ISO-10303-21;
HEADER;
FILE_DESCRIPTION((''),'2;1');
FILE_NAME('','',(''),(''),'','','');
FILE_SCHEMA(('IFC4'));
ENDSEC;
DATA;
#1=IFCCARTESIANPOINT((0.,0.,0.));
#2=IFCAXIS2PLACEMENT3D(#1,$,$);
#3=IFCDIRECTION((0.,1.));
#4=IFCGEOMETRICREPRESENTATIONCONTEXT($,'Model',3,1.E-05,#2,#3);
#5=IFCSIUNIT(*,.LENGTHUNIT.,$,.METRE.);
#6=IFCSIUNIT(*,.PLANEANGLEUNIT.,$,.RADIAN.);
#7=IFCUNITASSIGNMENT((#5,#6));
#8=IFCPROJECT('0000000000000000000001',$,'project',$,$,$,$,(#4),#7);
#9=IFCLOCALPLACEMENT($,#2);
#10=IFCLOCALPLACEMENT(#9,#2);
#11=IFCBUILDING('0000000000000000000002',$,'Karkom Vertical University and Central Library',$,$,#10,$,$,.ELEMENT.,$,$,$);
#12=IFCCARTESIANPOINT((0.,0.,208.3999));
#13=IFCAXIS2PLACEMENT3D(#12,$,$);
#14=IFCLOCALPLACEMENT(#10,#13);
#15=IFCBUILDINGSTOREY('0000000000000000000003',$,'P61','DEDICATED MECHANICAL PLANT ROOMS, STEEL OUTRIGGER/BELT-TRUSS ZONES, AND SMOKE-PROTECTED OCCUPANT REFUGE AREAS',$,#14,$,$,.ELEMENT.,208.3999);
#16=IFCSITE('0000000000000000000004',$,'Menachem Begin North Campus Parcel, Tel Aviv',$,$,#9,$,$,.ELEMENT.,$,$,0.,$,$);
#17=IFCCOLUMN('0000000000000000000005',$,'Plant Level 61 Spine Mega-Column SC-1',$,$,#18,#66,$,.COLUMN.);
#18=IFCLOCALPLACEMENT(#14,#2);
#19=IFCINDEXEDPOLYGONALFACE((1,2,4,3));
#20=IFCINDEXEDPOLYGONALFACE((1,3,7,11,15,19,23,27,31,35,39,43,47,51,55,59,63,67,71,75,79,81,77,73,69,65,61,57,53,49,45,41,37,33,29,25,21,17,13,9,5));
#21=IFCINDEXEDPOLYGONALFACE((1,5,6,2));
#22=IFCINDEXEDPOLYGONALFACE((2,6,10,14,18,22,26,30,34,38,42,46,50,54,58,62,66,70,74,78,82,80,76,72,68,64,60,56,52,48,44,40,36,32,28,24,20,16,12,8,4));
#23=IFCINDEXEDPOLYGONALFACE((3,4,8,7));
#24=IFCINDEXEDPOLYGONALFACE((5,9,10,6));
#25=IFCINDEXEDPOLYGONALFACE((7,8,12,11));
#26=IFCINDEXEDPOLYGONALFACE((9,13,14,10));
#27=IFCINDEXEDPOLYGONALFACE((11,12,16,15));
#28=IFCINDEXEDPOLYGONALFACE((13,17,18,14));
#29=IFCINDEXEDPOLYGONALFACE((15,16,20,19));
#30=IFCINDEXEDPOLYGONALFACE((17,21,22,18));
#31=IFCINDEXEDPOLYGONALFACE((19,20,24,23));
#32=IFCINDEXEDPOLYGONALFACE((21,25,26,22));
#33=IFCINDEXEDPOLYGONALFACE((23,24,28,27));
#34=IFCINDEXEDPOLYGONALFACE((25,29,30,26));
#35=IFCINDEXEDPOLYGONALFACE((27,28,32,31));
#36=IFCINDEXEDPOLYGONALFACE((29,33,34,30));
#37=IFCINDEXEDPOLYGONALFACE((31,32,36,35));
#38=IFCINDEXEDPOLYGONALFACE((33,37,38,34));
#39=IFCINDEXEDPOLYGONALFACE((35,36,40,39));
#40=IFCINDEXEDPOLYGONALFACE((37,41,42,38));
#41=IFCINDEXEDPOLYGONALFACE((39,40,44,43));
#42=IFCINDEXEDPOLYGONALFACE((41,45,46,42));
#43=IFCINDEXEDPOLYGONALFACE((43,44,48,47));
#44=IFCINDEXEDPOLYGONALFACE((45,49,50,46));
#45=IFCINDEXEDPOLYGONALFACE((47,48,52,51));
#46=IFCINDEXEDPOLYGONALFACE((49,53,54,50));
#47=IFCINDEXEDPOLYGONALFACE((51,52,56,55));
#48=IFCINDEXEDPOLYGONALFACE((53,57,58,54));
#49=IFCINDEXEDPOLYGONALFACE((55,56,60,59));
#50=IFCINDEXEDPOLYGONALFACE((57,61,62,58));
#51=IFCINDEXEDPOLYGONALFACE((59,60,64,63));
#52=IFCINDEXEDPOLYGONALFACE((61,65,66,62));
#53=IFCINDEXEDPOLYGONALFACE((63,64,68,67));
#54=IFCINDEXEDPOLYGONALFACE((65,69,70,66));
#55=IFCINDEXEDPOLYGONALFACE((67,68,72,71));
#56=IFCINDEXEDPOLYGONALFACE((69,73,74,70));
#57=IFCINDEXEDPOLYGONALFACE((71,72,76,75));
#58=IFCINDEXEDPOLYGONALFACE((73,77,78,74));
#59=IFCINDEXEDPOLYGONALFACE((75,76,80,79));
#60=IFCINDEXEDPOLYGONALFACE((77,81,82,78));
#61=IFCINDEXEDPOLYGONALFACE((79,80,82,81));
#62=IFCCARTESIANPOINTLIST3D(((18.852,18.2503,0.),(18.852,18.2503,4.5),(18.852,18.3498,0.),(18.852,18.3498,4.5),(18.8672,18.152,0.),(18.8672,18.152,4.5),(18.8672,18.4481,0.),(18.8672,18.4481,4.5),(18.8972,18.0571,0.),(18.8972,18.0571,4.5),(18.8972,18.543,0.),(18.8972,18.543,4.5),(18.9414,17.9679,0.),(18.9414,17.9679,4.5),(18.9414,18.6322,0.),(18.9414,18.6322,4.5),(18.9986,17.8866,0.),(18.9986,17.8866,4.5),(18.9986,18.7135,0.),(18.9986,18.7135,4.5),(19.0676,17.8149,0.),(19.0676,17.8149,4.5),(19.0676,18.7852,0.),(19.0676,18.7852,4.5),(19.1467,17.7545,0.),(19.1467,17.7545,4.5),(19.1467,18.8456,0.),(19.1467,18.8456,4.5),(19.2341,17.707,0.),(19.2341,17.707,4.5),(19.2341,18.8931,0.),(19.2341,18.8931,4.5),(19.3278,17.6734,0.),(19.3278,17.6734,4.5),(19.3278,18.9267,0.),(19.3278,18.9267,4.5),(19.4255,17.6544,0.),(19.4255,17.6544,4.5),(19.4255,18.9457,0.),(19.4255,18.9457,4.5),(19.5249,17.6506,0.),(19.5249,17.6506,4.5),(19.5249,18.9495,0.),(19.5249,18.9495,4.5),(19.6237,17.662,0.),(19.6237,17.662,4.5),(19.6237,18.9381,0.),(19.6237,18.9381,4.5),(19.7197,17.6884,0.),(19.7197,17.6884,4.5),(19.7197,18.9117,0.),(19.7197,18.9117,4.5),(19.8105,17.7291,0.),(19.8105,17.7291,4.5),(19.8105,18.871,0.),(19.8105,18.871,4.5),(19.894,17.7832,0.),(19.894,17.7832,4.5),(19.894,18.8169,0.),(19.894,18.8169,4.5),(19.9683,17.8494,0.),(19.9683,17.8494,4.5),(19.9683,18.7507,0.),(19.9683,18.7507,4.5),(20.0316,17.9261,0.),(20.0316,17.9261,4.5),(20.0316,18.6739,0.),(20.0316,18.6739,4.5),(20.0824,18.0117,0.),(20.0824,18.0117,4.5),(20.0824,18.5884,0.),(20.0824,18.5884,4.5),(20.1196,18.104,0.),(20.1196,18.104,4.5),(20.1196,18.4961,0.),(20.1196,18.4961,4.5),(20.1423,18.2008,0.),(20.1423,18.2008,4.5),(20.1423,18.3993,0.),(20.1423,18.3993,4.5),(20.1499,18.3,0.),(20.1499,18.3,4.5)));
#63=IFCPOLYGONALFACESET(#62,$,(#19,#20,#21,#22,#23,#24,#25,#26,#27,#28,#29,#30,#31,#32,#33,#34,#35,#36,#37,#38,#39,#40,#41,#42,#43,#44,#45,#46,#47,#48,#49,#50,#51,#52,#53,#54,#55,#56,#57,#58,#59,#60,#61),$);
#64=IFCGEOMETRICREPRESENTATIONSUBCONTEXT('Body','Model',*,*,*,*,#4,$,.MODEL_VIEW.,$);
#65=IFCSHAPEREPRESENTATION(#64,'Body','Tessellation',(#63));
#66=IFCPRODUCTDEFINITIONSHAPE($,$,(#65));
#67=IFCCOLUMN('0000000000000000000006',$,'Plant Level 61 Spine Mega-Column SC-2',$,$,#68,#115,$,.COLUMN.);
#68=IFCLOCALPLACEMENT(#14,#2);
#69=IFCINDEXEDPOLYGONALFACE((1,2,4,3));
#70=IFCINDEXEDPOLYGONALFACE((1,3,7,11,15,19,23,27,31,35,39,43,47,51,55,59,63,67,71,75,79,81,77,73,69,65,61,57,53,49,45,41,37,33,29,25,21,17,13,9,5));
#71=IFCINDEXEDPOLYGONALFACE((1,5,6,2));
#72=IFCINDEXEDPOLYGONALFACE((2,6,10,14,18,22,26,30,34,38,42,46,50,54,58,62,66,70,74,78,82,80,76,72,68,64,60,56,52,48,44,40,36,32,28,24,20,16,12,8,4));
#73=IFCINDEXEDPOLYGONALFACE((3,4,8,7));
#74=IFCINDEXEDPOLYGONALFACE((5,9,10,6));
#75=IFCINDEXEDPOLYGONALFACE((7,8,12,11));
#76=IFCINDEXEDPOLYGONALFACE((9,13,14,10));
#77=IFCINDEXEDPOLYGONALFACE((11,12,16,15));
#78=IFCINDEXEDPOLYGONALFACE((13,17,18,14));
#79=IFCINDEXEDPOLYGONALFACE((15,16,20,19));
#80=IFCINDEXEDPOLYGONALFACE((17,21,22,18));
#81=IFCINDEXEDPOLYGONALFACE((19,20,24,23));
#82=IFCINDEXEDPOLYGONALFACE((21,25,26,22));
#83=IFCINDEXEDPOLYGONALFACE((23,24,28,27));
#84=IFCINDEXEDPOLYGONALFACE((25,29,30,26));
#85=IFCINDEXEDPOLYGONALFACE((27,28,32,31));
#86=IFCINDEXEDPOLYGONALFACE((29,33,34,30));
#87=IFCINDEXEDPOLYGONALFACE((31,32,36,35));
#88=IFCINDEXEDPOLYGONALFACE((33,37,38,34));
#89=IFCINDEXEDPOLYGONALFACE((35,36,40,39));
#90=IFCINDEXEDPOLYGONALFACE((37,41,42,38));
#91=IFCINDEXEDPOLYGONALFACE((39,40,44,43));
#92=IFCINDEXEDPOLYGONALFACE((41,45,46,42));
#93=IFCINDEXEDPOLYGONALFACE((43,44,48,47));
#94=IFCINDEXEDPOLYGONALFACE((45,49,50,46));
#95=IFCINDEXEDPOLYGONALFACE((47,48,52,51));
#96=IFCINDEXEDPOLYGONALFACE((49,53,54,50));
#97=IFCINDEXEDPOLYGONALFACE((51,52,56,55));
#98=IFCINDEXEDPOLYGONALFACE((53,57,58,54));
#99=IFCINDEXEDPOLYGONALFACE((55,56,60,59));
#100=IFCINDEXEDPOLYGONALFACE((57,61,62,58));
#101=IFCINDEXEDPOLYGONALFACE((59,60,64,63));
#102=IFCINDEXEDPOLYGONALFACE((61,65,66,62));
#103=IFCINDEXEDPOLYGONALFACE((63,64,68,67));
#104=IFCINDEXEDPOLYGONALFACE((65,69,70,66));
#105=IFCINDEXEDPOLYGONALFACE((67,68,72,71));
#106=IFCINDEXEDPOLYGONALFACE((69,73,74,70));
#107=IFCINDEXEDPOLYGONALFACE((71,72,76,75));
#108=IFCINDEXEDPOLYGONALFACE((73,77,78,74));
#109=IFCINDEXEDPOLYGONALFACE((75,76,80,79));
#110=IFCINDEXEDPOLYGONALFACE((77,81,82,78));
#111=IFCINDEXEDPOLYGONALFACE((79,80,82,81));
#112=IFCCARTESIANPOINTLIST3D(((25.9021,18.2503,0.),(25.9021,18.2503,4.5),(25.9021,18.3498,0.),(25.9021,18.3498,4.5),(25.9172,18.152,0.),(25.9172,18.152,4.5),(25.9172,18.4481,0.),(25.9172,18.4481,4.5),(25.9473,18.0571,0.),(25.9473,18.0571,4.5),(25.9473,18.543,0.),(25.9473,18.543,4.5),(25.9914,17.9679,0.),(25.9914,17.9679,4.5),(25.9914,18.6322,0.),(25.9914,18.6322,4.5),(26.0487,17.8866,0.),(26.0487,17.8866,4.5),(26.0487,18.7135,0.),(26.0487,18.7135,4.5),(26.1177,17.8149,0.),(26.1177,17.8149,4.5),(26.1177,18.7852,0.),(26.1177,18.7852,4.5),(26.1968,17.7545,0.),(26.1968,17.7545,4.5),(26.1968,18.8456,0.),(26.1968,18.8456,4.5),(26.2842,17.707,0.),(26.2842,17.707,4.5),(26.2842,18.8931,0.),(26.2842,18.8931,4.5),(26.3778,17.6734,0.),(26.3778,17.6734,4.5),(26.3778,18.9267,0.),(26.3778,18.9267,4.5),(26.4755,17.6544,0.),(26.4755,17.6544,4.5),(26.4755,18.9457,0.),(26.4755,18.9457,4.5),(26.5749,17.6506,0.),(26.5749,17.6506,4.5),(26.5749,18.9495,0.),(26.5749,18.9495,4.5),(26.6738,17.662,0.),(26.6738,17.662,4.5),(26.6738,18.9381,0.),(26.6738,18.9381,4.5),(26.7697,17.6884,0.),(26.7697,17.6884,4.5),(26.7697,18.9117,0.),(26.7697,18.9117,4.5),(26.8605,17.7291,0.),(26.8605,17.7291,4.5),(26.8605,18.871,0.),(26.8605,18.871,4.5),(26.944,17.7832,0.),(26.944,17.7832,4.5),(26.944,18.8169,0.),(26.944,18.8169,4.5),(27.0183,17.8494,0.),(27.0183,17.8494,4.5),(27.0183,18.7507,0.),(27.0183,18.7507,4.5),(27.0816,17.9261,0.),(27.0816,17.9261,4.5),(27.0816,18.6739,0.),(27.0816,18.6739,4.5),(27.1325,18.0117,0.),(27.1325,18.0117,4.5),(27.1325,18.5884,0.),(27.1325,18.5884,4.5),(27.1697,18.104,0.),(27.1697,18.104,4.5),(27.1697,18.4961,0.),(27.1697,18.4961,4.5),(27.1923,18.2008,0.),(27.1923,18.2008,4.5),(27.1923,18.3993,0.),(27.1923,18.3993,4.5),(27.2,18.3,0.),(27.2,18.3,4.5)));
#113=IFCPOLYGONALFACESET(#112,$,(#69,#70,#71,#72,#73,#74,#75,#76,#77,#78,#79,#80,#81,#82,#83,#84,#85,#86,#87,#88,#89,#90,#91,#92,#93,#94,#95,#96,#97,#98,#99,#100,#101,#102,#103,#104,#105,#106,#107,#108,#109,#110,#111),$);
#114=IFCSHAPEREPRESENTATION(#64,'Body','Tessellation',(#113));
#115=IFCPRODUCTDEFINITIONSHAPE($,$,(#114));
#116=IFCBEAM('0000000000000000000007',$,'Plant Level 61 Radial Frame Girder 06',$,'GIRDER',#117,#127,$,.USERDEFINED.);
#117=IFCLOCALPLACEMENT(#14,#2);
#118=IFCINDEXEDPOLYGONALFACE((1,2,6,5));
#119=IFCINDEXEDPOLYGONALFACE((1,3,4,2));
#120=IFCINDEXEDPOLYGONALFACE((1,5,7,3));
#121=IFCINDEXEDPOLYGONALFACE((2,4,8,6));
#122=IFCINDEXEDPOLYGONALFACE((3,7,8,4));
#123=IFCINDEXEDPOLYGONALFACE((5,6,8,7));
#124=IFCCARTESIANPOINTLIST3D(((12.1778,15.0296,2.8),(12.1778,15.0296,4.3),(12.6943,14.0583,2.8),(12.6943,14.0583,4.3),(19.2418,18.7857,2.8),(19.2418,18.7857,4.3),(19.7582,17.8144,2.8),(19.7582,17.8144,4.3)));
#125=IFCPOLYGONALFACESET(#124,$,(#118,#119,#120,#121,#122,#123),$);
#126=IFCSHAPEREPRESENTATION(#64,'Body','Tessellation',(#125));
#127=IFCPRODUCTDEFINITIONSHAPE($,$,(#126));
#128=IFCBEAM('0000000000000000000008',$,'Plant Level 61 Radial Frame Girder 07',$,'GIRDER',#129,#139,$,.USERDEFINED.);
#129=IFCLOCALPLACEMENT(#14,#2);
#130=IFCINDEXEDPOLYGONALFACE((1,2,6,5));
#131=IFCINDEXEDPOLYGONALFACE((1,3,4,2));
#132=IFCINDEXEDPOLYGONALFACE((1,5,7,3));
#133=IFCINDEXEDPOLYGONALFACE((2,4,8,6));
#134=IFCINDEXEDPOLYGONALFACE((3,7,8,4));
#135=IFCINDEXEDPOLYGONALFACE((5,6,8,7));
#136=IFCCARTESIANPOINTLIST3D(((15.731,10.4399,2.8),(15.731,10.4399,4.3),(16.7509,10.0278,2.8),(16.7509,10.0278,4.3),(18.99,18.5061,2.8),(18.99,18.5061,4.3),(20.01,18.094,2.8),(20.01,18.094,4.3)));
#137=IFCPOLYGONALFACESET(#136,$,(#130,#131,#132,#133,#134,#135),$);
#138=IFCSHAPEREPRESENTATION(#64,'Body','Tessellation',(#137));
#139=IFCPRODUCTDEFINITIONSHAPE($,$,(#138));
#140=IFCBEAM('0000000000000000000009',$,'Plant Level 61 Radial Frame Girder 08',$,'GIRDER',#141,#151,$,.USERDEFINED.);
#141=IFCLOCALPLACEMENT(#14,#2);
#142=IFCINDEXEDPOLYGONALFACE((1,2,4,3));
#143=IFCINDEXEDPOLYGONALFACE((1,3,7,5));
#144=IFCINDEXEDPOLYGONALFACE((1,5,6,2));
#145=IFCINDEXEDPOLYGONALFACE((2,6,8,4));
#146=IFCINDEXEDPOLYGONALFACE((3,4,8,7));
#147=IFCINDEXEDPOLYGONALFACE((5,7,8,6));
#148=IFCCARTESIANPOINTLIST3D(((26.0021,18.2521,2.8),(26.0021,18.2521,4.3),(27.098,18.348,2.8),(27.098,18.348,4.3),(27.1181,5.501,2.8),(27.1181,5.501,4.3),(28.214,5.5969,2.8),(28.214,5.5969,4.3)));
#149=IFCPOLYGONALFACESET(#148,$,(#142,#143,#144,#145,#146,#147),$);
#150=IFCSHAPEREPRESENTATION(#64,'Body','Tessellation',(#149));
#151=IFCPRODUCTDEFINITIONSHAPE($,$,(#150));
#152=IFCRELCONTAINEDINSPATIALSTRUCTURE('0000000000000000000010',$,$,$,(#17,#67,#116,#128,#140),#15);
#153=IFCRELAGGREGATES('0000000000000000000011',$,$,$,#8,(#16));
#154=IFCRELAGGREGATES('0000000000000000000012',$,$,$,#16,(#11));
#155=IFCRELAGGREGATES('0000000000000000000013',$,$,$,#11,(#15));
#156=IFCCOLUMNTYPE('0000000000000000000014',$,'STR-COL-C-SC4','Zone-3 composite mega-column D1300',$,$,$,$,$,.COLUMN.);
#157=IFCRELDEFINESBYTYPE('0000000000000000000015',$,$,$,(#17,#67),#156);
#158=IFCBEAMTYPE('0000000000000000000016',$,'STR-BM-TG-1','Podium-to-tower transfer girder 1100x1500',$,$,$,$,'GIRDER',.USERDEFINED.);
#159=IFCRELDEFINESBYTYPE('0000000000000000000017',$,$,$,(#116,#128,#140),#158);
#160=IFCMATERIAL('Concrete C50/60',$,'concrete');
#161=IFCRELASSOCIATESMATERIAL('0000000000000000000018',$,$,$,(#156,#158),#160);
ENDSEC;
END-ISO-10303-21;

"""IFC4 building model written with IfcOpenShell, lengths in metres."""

from ifc_helpers import new_model, si_unit, direction, frame, origin, origin_with_axes, origin_2d, place, context, subcontext, project, spatial, rectangle, circle, extrude, source, transform, mapped, material, material_profile, profile_set, type_object, element, save


model = new_model("IFC4")

# Units and contexts
model_context = context("Model", 3, precision=1e-05, world=origin(), true_north=direction((0.0, 1.0)))
body_context = subcontext(model_context, "Body", "Model", "MODEL_VIEW")
ifc_project = project(units=[si_unit("LENGTHUNIT", "METRE"), si_unit("PLANEANGLEUNIT", "RADIAN")], contexts=[model_context])

# Site, building, storey
site_placement = place(None, origin())
site = spatial("IfcSite", under=ifc_project, at=site_placement, Name="Menachem Begin North Campus Parcel, Tel Aviv", CompositionType="ELEMENT", RefElevation=0.0)
building_placement = place(site_placement, origin())
building = spatial("IfcBuilding", under=site, at=building_placement, Name="Karkom Vertical University and Central Library", CompositionType="ELEMENT")
storey_placement = place(building_placement, frame((0.0, 0.0, 208.3999)))
storey = spatial("IfcBuildingStorey", under=building, at=storey_placement, Name="P61", Description="DEDICATED MECHANICAL PLANT ROOMS, STEEL OUTRIGGER/BELT-TRUSS ZONES, AND SMOKE-PROTECTED OCCUPANT REFUGE AREAS", CompositionType="ELEMENT", Elevation=208.3999)

# Columns
ifc_material_1 = material(Name="Concrete C50/60", Category="concrete")
ifc_material_profile_1 = material_profile(ifc_material_1, circle(Radius=0.6499, at=origin_2d()), Name="CFT-D1300")
ifc_profile_set_1 = profile_set([ifc_material_profile_1], Name="Concrete C50/60")
column_type = type_object("IfcColumnType", Name="STR-COL-C-SC4", Description="Zone-3 composite mega-column D1300", PredefinedType="COLUMN", material=ifc_profile_set_1)
shared_shape_1 = source(origin_with_axes(), body_context, "Body", "SweptSolid", [
    extrude(circle(Radius=0.6499, at=origin_2d()), origin(), (0.0, 0.0, 1.0), 4.5),
])
for number, where, z_axis, x_axis, name in (
    (1, (19.5, 18.3, 0.0), (0.0, 0.0, 1.0), (1.0, 0.0, 0.0), "Plant Level 61 Spine Mega-Column SC-1"),
    (2, (26.55, 18.3, 0.0), (0.0, 0.0, 1.0), (1.0, 0.0, 0.0), "Plant Level 61 Spine Mega-Column SC-2"),
):
    element("IfcColumn", number, at=place(storey_placement, frame(where, z_axis=z_axis, x_axis=x_axis)), inside=storey, type_object=column_type, Name=name, PredefinedType="COLUMN", context=body_context, shape_type="MappedRepresentation", body=[
        mapped(shared_shape_1, transform((0.0, 0.0, 0.0), scale=1.0)),
    ])

# Beams
ifc_material_profile_2 = material_profile(ifc_material_1, rectangle(XDim=1.1001, YDim=1.5, at=origin_2d()), Name="TG-1100x1500")
ifc_profile_set_2 = profile_set([ifc_material_profile_2], Name="Concrete C50/60")
beam_type = type_object("IfcBeamType", Name="STR-BM-TG-1", Description="Podium-to-tower transfer girder 1100x1500", ElementType="GIRDER", PredefinedType="USERDEFINED", material=ifc_profile_set_2)
shared_shape_2 = source(origin_with_axes(), body_context, "Body", "SweptSolid", [
    extrude(rectangle(XDim=1.1001, YDim=1.5, at=origin_2d()), origin(), (0.0, 0.0, 1.0), 8.0005),
])
beam_1_placement = place(storey_placement, frame((19.5, 18.3, 3.55), z_axis=(-0.882941, -0.469484, 0.0), x_axis=(0.469484, -0.882941, 0.0)))
element("IfcBeam", 3, at=beam_1_placement, inside=storey, type_object=beam_type, Name="Plant Level 61 Radial Frame Girder 06", ObjectType="GIRDER", PredefinedType="USERDEFINED", context=body_context, shape_type="MappedRepresentation", body=[
    mapped(shared_shape_2, transform((0.0, 0.0, 0.0), scale=1.0)),
])
shared_shape_3 = source(origin_with_axes(), body_context, "Body", "SweptSolid", [
    extrude(rectangle(XDim=1.1001, YDim=1.5, at=origin_2d()), origin(), (0.0, 0.0, 1.0), 8.6997),
])
beam_2_placement = place(storey_placement, frame((19.5, 18.3, 3.55), z_axis=(-0.374616, -0.92718, 0.0), x_axis=(0.92718, -0.374616, 0.0)))
element("IfcBeam", 4, at=beam_2_placement, inside=storey, type_object=beam_type, Name="Plant Level 61 Radial Frame Girder 07", ObjectType="GIRDER", PredefinedType="USERDEFINED", context=body_context, shape_type="MappedRepresentation", body=[
    mapped(shared_shape_3, transform((0.0, 0.0, 0.0), scale=1.0)),
])
shared_shape_4 = source(origin_with_axes(), body_context, "Body", "SweptSolid", [
    extrude(rectangle(XDim=1.1001, YDim=1.5, at=origin_2d()), origin(), (0.0, 0.0, 1.0), 12.7998),
])
beam_3_placement = place(storey_placement, frame((26.55, 18.3, 3.55), z_axis=(0.087187, -0.996192, 0.0), x_axis=(0.996192, 0.087187, 0.0)))
element("IfcBeam", 5, at=beam_3_placement, inside=storey, type_object=beam_type, Name="Plant Level 61 Radial Frame Girder 08", ObjectType="GIRDER", PredefinedType="USERDEFINED", context=body_context, shape_type="MappedRepresentation", body=[
    mapped(shared_shape_4, transform((0.0, 0.0, 0.0), scale=1.0)),
])

save(model, "model.ifc")
